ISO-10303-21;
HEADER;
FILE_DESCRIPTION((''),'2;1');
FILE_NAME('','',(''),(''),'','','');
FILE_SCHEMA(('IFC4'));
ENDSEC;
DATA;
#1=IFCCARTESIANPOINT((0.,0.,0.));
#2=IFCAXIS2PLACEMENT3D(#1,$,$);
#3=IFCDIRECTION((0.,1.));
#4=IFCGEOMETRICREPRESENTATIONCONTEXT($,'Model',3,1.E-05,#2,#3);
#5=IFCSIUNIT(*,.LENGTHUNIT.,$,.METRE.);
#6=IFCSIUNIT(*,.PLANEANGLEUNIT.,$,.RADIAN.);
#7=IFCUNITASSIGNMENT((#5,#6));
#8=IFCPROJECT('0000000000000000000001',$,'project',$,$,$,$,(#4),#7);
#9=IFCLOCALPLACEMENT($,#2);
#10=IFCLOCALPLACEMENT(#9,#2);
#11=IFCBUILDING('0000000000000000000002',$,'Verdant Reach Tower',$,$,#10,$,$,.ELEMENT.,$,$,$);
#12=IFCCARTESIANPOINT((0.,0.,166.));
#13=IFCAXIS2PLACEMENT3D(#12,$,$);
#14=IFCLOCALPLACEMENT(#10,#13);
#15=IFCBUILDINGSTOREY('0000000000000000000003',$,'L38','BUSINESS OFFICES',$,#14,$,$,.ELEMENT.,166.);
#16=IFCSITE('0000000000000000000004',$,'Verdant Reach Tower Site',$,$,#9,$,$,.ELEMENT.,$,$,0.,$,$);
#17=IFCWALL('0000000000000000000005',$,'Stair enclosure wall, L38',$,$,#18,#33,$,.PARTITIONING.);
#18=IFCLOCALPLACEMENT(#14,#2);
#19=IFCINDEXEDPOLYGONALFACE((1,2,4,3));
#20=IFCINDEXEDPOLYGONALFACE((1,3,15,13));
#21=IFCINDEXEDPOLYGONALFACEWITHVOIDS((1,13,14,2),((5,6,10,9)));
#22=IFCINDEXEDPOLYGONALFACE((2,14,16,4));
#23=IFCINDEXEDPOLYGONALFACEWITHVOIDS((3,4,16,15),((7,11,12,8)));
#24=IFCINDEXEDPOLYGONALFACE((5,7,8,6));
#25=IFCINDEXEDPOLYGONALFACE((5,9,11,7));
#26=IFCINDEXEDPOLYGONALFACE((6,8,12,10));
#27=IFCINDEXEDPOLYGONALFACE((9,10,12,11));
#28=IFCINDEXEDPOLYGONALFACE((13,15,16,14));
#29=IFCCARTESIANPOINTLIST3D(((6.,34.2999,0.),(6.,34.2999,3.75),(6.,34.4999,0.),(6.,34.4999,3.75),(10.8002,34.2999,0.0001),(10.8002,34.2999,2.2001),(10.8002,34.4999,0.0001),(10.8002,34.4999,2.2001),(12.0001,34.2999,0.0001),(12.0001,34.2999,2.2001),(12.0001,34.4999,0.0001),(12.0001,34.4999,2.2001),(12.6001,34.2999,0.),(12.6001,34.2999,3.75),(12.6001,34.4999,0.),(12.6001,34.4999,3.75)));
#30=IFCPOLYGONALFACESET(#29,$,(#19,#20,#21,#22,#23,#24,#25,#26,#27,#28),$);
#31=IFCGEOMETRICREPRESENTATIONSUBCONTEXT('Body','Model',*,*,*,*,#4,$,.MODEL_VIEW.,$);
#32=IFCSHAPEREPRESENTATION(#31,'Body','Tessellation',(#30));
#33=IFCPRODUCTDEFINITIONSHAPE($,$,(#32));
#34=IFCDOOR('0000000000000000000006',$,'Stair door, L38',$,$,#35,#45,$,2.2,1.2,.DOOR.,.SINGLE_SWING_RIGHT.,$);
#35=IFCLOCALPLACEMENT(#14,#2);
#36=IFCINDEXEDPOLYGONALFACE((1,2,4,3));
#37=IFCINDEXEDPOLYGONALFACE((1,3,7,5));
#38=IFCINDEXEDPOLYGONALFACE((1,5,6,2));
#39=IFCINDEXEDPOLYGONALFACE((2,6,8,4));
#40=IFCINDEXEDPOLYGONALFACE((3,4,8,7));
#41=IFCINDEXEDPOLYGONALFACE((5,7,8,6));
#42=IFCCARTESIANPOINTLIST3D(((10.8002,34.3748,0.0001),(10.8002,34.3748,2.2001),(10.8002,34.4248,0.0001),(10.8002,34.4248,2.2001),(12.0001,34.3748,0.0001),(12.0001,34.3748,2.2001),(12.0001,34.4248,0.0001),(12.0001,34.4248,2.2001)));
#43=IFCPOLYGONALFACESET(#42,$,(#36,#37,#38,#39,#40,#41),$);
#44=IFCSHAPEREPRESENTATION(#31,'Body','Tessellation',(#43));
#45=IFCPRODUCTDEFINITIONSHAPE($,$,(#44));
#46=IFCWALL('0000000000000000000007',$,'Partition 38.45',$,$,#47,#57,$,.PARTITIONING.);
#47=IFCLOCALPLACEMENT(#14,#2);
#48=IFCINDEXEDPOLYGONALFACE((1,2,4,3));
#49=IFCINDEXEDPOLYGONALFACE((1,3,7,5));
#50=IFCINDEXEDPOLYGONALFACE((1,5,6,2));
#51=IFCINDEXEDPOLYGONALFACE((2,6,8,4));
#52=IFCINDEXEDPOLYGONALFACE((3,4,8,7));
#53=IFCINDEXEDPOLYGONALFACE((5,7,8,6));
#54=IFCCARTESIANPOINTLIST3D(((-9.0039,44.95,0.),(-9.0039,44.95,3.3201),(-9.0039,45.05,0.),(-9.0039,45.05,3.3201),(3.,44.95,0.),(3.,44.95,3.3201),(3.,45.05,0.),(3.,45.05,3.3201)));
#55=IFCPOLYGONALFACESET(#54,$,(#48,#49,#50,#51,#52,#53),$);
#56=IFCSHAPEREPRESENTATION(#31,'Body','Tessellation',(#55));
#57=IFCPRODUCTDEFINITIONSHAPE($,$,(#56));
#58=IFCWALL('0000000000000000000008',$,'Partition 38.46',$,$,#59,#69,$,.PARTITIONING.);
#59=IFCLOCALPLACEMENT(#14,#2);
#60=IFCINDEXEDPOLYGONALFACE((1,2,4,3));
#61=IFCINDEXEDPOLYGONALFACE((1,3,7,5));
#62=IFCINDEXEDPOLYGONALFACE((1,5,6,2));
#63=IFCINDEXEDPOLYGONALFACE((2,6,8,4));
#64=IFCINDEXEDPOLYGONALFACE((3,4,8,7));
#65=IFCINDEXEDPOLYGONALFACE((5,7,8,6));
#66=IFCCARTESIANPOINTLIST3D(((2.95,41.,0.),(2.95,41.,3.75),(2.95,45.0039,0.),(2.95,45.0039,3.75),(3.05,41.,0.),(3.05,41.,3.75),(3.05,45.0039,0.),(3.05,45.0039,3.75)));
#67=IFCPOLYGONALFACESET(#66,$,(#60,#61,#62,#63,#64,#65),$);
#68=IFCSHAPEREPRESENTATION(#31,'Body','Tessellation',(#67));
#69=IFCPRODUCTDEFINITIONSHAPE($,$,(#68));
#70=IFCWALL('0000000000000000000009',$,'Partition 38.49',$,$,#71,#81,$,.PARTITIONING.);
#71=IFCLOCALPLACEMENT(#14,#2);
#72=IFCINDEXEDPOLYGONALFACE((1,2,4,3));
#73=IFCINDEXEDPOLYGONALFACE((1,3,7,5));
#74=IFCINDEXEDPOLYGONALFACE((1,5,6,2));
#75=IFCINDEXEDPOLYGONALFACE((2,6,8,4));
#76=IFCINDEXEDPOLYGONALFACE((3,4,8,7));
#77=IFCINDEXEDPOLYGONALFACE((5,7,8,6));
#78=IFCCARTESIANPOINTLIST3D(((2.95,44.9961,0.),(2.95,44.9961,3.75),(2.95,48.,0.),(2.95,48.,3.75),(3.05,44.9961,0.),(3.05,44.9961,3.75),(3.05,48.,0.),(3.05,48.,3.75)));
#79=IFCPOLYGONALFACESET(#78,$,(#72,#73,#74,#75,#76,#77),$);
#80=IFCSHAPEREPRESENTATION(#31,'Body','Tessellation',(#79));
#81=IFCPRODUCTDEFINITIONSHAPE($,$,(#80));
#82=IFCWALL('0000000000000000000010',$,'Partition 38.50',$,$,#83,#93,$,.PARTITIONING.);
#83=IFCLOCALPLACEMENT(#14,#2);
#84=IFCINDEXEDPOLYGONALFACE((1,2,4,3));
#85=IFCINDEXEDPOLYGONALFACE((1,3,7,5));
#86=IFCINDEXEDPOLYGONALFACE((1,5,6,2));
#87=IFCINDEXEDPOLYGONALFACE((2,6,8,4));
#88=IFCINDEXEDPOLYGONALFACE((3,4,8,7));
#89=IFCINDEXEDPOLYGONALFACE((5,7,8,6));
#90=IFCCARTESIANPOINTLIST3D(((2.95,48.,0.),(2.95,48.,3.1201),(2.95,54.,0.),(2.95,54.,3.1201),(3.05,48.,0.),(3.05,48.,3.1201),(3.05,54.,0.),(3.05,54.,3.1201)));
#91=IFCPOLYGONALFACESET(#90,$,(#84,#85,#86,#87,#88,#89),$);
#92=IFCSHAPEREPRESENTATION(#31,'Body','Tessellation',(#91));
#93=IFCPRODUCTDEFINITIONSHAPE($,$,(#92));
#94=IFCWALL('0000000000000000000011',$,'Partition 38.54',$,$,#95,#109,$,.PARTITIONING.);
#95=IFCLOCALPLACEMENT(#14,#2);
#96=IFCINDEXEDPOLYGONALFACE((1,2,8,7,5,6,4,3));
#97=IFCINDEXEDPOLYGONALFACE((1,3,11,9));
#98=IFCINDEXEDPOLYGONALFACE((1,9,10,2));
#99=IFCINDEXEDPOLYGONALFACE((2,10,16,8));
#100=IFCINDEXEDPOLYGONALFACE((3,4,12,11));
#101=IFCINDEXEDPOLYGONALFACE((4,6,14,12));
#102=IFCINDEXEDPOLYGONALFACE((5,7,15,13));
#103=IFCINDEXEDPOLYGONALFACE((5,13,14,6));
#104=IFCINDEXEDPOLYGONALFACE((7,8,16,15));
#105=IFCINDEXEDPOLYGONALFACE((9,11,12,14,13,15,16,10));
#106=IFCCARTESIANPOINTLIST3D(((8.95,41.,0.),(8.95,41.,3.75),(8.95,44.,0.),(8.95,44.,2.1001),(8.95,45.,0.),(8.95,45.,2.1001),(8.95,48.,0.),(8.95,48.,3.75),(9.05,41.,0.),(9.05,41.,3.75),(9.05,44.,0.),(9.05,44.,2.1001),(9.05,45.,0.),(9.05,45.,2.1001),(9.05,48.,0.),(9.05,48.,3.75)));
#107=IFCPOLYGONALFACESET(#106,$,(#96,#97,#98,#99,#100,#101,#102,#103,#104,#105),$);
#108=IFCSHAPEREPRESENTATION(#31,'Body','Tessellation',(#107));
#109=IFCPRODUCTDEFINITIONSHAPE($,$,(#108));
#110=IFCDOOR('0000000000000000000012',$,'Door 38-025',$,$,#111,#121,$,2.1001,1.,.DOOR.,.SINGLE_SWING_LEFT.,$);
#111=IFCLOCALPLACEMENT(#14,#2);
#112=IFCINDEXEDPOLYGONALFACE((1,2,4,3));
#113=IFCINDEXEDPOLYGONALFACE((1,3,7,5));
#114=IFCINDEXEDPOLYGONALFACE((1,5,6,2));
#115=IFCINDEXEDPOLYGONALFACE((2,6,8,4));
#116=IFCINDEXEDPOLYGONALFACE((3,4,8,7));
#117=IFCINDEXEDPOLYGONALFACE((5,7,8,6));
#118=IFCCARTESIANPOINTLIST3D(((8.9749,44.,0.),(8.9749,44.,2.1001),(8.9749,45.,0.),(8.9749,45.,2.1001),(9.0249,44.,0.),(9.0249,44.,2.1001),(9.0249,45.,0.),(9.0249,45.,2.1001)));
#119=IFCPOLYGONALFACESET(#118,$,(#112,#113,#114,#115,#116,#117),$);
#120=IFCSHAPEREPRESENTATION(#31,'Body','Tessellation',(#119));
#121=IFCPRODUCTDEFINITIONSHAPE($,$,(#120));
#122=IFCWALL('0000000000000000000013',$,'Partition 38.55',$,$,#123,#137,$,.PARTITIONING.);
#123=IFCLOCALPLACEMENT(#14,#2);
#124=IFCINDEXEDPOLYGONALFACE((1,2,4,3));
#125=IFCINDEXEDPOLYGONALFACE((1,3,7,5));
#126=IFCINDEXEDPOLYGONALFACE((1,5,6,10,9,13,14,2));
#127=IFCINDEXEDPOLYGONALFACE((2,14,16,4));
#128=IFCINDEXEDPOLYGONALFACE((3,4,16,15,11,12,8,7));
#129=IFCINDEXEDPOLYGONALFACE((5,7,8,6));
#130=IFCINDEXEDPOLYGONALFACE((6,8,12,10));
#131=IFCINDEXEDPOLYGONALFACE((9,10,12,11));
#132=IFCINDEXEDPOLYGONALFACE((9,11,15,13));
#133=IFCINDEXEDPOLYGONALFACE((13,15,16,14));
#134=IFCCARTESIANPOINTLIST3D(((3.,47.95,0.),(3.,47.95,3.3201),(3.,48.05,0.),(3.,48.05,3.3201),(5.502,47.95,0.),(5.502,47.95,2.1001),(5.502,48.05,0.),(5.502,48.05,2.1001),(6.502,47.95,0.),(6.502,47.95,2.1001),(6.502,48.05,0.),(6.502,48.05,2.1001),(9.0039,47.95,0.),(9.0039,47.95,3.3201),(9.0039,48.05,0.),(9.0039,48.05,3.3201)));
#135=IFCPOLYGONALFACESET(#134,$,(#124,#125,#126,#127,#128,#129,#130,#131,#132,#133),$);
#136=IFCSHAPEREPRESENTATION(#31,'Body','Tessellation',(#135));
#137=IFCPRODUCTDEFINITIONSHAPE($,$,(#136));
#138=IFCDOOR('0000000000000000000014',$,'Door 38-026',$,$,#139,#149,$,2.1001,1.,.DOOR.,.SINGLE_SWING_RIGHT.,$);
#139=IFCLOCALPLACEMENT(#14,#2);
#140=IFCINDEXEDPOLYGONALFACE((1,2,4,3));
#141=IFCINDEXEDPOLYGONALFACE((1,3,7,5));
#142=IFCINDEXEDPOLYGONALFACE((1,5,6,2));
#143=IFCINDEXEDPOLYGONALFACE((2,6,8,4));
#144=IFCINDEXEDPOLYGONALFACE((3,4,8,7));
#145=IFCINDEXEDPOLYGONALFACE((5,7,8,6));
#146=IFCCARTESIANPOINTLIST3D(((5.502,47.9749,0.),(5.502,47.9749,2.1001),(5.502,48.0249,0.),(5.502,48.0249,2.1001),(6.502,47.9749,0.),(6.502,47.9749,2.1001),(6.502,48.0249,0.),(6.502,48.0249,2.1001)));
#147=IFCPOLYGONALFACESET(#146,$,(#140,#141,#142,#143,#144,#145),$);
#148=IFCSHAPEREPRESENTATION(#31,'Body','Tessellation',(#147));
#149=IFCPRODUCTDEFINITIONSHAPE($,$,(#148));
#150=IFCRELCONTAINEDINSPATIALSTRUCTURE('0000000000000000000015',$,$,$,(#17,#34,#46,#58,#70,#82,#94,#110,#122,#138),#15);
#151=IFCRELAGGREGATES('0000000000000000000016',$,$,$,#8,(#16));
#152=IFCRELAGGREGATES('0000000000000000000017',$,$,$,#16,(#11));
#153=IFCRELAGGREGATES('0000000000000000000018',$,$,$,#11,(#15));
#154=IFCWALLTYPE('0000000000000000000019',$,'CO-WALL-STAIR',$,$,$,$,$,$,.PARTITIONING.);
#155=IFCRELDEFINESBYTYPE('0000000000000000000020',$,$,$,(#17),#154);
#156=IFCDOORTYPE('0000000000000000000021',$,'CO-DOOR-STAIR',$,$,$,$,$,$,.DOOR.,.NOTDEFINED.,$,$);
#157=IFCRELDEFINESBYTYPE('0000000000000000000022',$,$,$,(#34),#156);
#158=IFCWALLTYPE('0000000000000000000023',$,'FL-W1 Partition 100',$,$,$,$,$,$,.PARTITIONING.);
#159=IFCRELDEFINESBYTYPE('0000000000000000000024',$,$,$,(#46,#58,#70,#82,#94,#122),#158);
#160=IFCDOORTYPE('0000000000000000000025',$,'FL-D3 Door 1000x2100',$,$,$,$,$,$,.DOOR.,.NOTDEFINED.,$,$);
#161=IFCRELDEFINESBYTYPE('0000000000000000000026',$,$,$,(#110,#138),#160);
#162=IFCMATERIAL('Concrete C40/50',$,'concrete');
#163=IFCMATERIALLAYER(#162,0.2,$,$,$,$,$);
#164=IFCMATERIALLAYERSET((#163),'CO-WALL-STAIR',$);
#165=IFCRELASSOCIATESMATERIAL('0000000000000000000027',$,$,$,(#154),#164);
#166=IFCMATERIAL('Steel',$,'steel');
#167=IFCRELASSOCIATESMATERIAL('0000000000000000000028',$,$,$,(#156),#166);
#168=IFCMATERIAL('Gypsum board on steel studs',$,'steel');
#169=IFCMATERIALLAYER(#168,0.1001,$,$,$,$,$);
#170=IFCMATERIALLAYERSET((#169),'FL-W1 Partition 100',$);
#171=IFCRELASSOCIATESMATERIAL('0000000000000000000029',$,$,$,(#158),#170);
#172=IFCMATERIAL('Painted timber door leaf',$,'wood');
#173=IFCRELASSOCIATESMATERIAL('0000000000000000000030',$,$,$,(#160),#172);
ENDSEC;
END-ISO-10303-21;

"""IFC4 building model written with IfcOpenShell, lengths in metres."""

from ifc_helpers import new_model, si_unit, direction, frame, frame_2d, origin, place, context, subcontext, project, spatial, rectangle, extrude, material, layer, layer_set, type_object, element, fill, save


model = new_model("IFC4")

# Units and contexts
model_context = context("Model", 3, precision=1e-05, world=origin(), true_north=direction((0.0, 1.0)))
body_context = subcontext(model_context, "Body", "Model", "MODEL_VIEW")
ifc_project = project(units=[si_unit("LENGTHUNIT", "METRE"), si_unit("PLANEANGLEUNIT", "RADIAN")], contexts=[model_context])

# Site, building, storey
site_placement = place(None, origin())
site = spatial("IfcSite", under=ifc_project, at=site_placement, Name="Verdant Reach Tower Site", CompositionType="ELEMENT", RefElevation=0.0)
building_placement = place(site_placement, origin())
building = spatial("IfcBuilding", under=site, at=building_placement, Name="Verdant Reach Tower", CompositionType="ELEMENT")
storey_placement = place(building_placement, frame((0.0, 0.0, 166.0)))
storey = spatial("IfcBuildingStorey", under=building, at=storey_placement, Name="L38", Description="BUSINESS OFFICES", CompositionType="ELEMENT", Elevation=166.0)

# Shared definitions
ifc_material_1 = material(Name="Concrete C40/50", Category="concrete")
ifc_layer_1 = layer(ifc_material_1, 0.2)
ifc_layer_set_1 = layer_set([ifc_layer_1], Name="CO-WALL-STAIR")
wall_type_1 = type_object("IfcWallType", Name="CO-WALL-STAIR", PredefinedType="PARTITIONING", material=ifc_layer_set_1)

# Wall, opening, door
wall_1_placement = place(storey_placement, frame((6.0, 34.3999, 0.0), z_axis=(0.0, 0.0, 1.0), x_axis=(1.0, 0.0, 0.0)))
wall_1 = element("IfcWall", 1, at=wall_1_placement, inside=storey, type_object=wall_type_1, Name="Stair enclosure wall, L38", PredefinedType="PARTITIONING", context=body_context, shape_type="SweptSolid", body=[
    extrude(rectangle(XDim=6.6001, YDim=0.2, at=frame_2d((3.3, 0.0))), origin(), (0.0, 0.0, 1.0), 3.75),
])
opening_1_placement = place(wall_1_placement, frame((4.8, 0.0, 0.0)))
opening_1 = element("IfcOpeningElement", 2, at=opening_1_placement, cuts=wall_1, PredefinedType="OPENING", context=body_context, shape_type="SweptSolid", body=[
    extrude(rectangle(XDim=1.2, YDim=2.2, at=frame_2d((0.6001, 1.1001))), frame((0.0, 0.1099, 0.0), z_axis=(0.0, -1.0, 0.0), x_axis=(1.0, 0.0, 0.0)), (0.0, 0.0, 1.0), 0.22),
])
ifc_material_2 = material(Name="Steel", Category="steel")
door_type_1 = type_object("IfcDoorType", Name="CO-DOOR-STAIR", OperationType="NOTDEFINED", PredefinedType="DOOR", material=ifc_material_2)
door_1_placement = place(opening_1_placement, origin())
door_1 = element("IfcDoor", 3, at=door_1_placement, inside=storey, type_object=door_type_1, Name="Stair door, L38", OperationType="SINGLE_SWING_RIGHT", OverallHeight=2.2, OverallWidth=1.2, PredefinedType="DOOR", context=body_context, shape_type="SweptSolid", body=[
    extrude(rectangle(XDim=1.2, YDim=2.2, at=frame_2d((0.6001, 1.1001))), frame((0.0, 0.0249, 0.0), z_axis=(0.0, -1.0, 0.0), x_axis=(1.0, 0.0, 0.0)), (0.0, 0.0, 1.0), 0.05),
])
fill(opening_1, door_1)

# Walls
ifc_material_3 = material(Name="Gypsum board on steel studs", Category="steel")
ifc_layer_2 = layer(ifc_material_3, 0.1001)
ifc_layer_set_2 = layer_set([ifc_layer_2], Name="FL-W1 Partition 100")
wall_type_2 = type_object("IfcWallType", Name="FL-W1 Partition 100", PredefinedType="PARTITIONING", material=ifc_layer_set_2)
wall_2_placement = place(storey_placement, frame((3.0, 45.0, 0.0), z_axis=(0.0, 0.0, 1.0), x_axis=(-1.0, 0.0, 0.0)))
element("IfcWall", 4, at=wall_2_placement, inside=storey, type_object=wall_type_2, Name="Partition 38.45", PredefinedType="PARTITIONING", context=body_context, shape_type="SweptSolid", body=[
    extrude(rectangle(XDim=12.0039, YDim=0.1001, at=frame_2d((6.002, 0.0))), origin(), (0.0, 0.0, 1.0), 3.3201),
])
wall_3_placement = place(storey_placement, frame((3.0, 41.0, 0.0), z_axis=(0.0, 0.0, 1.0), x_axis=(0.0, 1.0, 0.0)))
element("IfcWall", 5, at=wall_3_placement, inside=storey, type_object=wall_type_2, Name="Partition 38.46", PredefinedType="PARTITIONING", context=body_context, shape_type="SweptSolid", body=[
    extrude(rectangle(XDim=4.0039, YDim=0.1001, at=frame_2d((2.002, 0.0))), origin(), (0.0, 0.0, 1.0), 3.75),
])
wall_4_placement = place(storey_placement, frame((3.0, 44.9961, 0.0), z_axis=(0.0, 0.0, 1.0), x_axis=(0.0, 1.0, 0.0)))
element("IfcWall", 6, at=wall_4_placement, inside=storey, type_object=wall_type_2, Name="Partition 38.49", PredefinedType="PARTITIONING", context=body_context, shape_type="SweptSolid", body=[
    extrude(rectangle(XDim=3.0039, YDim=0.1001, at=frame_2d((1.502, 0.0))), origin(), (0.0, 0.0, 1.0), 3.75),
])
wall_5_placement = place(storey_placement, frame((3.0, 48.0, 0.0), z_axis=(0.0, 0.0, 1.0), x_axis=(0.0, 1.0, 0.0)))
element("IfcWall", 7, at=wall_5_placement, inside=storey, type_object=wall_type_2, Name="Partition 38.50", PredefinedType="PARTITIONING", context=body_context, shape_type="SweptSolid", body=[
    extrude(rectangle(XDim=6.0, YDim=0.1001, at=frame_2d((3.0, 0.0))), origin(), (0.0, 0.0, 1.0), 3.1201),
])

# Walls, openings, doors
wall_6_placement = place(storey_placement, frame((9.0, 48.0, 0.0), z_axis=(0.0, 0.0, 1.0), x_axis=(0.0, -1.0, 0.0)))
wall_6 = element("IfcWall", 8, at=wall_6_placement, inside=storey, type_object=wall_type_2, Name="Partition 38.54", PredefinedType="PARTITIONING", context=body_context, shape_type="SweptSolid", body=[
    extrude(rectangle(XDim=7.0, YDim=0.1001, at=frame_2d((3.5, 0.0))), origin(), (0.0, 0.0, 1.0), 3.75),
])
opening_2_placement = place(wall_6_placement, frame((3.0, 0.0, 0.0)))
opening_2 = element("IfcOpeningElement", 9, at=opening_2_placement, cuts=wall_6, PredefinedType="OPENING", context=body_context, shape_type="SweptSolid", body=[
    extrude(rectangle(XDim=1.0, YDim=2.1001, at=frame_2d((0.5, 1.05))), frame((0.0, 0.0601, 0.0), z_axis=(0.0, -1.0, 0.0), x_axis=(1.0, 0.0, 0.0)), (0.0, 0.0, 1.0), 0.1201),
])
ifc_material_4 = material(Name="Painted timber door leaf", Category="wood")
door_type_2 = type_object("IfcDoorType", Name="FL-D3 Door 1000x2100", OperationType="NOTDEFINED", PredefinedType="DOOR", material=ifc_material_4)
door_2_placement = place(opening_2_placement, origin())
door_2 = element("IfcDoor", 10, at=door_2_placement, inside=storey, type_object=door_type_2, Name="Door 38-025", OperationType="SINGLE_SWING_LEFT", OverallHeight=2.1001, OverallWidth=1.0, PredefinedType="DOOR", context=body_context, shape_type="SweptSolid", body=[
    extrude(rectangle(XDim=1.0, YDim=2.1001, at=frame_2d((0.5, 1.05))), frame((0.0, 0.0249, 0.0), z_axis=(0.0, -1.0, 0.0), x_axis=(1.0, 0.0, 0.0)), (0.0, 0.0, 1.0), 0.05),
])
fill(opening_2, door_2)
wall_7_placement = place(storey_placement, frame((3.0, 48.0, 0.0), z_axis=(0.0, 0.0, 1.0), x_axis=(1.0, 0.0, 0.0)))
wall_7 = element("IfcWall", 11, at=wall_7_placement, inside=storey, type_object=wall_type_2, Name="Partition 38.55", PredefinedType="PARTITIONING", context=body_context, shape_type="SweptSolid", body=[
    extrude(rectangle(XDim=6.0039, YDim=0.1001, at=frame_2d((3.002, 0.0))), origin(), (0.0, 0.0, 1.0), 3.3201),
])
opening_3_placement = place(wall_7_placement, frame((2.502, 0.0, 0.0)))
opening_3 = element("IfcOpeningElement", 12, at=opening_3_placement, cuts=wall_7, PredefinedType="OPENING", context=body_context, shape_type="SweptSolid", body=[
    extrude(rectangle(XDim=1.0, YDim=2.1001, at=frame_2d((0.5, 1.05))), frame((0.0, 0.0601, 0.0), z_axis=(0.0, -1.0, 0.0), x_axis=(1.0, 0.0, 0.0)), (0.0, 0.0, 1.0), 0.1201),
])
door_3_placement = place(opening_3_placement, origin())
door_3 = element("IfcDoor", 13, at=door_3_placement, inside=storey, type_object=door_type_2, Name="Door 38-026", OperationType="SINGLE_SWING_RIGHT", OverallHeight=2.1001, OverallWidth=1.0, PredefinedType="DOOR", context=body_context, shape_type="SweptSolid", body=[
    extrude(rectangle(XDim=1.0, YDim=2.1001, at=frame_2d((0.5, 1.05))), frame((0.0, 0.0249, 0.0), z_axis=(0.0, -1.0, 0.0), x_axis=(1.0, 0.0, 0.0)), (0.0, 0.0, 1.0), 0.05),
])
fill(opening_3, door_3)

save(model, "model.ifc")
